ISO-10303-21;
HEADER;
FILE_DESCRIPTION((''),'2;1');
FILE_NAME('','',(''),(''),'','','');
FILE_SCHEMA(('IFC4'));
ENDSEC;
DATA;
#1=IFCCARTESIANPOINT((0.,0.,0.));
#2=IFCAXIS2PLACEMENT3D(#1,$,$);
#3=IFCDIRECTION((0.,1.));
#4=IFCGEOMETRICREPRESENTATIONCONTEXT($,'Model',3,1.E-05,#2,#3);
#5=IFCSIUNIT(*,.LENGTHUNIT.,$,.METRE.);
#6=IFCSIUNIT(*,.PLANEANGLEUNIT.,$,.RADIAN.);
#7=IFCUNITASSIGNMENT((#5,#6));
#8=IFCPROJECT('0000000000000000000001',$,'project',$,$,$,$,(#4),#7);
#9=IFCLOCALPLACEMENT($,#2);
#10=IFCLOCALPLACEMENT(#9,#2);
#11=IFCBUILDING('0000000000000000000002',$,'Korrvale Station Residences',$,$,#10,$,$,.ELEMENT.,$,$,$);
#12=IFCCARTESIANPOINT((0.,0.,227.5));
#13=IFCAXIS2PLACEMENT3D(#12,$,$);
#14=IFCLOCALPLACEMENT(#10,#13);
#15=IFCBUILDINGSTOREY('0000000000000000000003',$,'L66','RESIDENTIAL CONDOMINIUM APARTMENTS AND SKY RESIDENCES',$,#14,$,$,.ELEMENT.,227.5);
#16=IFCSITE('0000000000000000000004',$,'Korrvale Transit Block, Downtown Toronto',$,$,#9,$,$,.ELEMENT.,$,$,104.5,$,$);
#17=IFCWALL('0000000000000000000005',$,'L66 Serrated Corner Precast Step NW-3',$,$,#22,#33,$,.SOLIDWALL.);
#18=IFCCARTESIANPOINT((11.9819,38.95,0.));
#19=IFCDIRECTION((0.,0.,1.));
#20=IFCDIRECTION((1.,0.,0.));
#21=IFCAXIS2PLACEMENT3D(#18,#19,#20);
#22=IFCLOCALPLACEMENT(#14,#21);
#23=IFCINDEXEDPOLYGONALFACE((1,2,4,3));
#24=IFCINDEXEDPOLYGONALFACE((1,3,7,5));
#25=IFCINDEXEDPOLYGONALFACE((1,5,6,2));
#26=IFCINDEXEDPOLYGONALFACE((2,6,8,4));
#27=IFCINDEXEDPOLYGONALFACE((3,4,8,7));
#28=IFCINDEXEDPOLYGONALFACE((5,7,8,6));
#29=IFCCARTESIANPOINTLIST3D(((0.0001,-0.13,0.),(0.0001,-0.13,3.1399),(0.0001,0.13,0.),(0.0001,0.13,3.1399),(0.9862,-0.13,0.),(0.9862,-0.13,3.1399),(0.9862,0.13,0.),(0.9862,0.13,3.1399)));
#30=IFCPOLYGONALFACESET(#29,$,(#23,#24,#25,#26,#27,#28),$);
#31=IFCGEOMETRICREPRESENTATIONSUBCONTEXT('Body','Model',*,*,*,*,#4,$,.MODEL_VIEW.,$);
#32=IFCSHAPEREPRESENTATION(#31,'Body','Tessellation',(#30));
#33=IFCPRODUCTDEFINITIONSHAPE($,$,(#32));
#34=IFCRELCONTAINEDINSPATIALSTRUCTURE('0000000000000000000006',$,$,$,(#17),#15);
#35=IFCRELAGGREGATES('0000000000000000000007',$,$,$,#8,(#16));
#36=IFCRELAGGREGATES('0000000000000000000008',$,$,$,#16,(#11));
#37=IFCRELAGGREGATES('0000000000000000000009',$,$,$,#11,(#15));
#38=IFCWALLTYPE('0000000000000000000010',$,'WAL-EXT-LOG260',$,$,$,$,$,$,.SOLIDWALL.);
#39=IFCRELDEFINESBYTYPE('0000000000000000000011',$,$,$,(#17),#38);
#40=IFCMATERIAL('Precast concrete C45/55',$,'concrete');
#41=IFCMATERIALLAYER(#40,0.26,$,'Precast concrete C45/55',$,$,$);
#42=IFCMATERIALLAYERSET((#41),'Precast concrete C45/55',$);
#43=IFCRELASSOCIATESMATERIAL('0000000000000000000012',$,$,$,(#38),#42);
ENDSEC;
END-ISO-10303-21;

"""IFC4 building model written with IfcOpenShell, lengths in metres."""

from ifc_helpers import new_model, si_unit, direction, frame, frame_2d, origin, place, context, subcontext, project, spatial, rectangle, extrude, material, layer, layer_set, type_object, element, save


model = new_model("IFC4")

# Units and contexts
model_context = context("Model", 3, precision=1e-05, world=origin(), true_north=direction((0.0, 1.0)))
body_context = subcontext(model_context, "Body", "Model", "MODEL_VIEW")
ifc_project = project(units=[si_unit("LENGTHUNIT", "METRE"), si_unit("PLANEANGLEUNIT", "RADIAN")], contexts=[model_context])

# Site, building, storey
site_placement = place(None, origin())
site = spatial("IfcSite", under=ifc_project, at=site_placement, Name="Korrvale Transit Block, Downtown Toronto", CompositionType="ELEMENT", RefElevation=104.5)
building_placement = place(site_placement, origin())
building = spatial("IfcBuilding", under=site, at=building_placement, Name="Korrvale Station Residences", CompositionType="ELEMENT")
storey_placement = place(building_placement, frame((0.0, 0.0, 227.5)))
storey = spatial("IfcBuildingStorey", under=building, at=storey_placement, Name="L66", Description="RESIDENTIAL CONDOMINIUM APARTMENTS AND SKY RESIDENCES", CompositionType="ELEMENT", Elevation=227.5)

# Wall
ifc_material_1 = material(Name="Precast concrete C45/55", Category="concrete")
ifc_layer_1 = layer(ifc_material_1, 0.26, Name="Precast concrete C45/55")
ifc_layer_set_1 = layer_set([ifc_layer_1], Name="Precast concrete C45/55")
wall_type_1 = type_object("IfcWallType", Name="WAL-EXT-LOG260", PredefinedType="SOLIDWALL", material=ifc_layer_set_1)
wall_1_placement = place(storey_placement, frame((11.9819, 38.95, 0.0), z_axis=(0.0, 0.0, 1.0), x_axis=(1.0, 0.0, 0.0)))
element("IfcWall", 1, at=wall_1_placement, inside=storey, type_object=wall_type_1, Name="L66 Serrated Corner Precast Step NW-3", PredefinedType="SOLIDWALL", context=body_context, shape_type="SweptSolid", body=[
    extrude(rectangle(XDim=0.9861, YDim=0.26, at=frame_2d((0.4932, 0.0))), origin(), (0.0, 0.0, 1.0), 3.1399),
])

save(model, "model.ifc")
